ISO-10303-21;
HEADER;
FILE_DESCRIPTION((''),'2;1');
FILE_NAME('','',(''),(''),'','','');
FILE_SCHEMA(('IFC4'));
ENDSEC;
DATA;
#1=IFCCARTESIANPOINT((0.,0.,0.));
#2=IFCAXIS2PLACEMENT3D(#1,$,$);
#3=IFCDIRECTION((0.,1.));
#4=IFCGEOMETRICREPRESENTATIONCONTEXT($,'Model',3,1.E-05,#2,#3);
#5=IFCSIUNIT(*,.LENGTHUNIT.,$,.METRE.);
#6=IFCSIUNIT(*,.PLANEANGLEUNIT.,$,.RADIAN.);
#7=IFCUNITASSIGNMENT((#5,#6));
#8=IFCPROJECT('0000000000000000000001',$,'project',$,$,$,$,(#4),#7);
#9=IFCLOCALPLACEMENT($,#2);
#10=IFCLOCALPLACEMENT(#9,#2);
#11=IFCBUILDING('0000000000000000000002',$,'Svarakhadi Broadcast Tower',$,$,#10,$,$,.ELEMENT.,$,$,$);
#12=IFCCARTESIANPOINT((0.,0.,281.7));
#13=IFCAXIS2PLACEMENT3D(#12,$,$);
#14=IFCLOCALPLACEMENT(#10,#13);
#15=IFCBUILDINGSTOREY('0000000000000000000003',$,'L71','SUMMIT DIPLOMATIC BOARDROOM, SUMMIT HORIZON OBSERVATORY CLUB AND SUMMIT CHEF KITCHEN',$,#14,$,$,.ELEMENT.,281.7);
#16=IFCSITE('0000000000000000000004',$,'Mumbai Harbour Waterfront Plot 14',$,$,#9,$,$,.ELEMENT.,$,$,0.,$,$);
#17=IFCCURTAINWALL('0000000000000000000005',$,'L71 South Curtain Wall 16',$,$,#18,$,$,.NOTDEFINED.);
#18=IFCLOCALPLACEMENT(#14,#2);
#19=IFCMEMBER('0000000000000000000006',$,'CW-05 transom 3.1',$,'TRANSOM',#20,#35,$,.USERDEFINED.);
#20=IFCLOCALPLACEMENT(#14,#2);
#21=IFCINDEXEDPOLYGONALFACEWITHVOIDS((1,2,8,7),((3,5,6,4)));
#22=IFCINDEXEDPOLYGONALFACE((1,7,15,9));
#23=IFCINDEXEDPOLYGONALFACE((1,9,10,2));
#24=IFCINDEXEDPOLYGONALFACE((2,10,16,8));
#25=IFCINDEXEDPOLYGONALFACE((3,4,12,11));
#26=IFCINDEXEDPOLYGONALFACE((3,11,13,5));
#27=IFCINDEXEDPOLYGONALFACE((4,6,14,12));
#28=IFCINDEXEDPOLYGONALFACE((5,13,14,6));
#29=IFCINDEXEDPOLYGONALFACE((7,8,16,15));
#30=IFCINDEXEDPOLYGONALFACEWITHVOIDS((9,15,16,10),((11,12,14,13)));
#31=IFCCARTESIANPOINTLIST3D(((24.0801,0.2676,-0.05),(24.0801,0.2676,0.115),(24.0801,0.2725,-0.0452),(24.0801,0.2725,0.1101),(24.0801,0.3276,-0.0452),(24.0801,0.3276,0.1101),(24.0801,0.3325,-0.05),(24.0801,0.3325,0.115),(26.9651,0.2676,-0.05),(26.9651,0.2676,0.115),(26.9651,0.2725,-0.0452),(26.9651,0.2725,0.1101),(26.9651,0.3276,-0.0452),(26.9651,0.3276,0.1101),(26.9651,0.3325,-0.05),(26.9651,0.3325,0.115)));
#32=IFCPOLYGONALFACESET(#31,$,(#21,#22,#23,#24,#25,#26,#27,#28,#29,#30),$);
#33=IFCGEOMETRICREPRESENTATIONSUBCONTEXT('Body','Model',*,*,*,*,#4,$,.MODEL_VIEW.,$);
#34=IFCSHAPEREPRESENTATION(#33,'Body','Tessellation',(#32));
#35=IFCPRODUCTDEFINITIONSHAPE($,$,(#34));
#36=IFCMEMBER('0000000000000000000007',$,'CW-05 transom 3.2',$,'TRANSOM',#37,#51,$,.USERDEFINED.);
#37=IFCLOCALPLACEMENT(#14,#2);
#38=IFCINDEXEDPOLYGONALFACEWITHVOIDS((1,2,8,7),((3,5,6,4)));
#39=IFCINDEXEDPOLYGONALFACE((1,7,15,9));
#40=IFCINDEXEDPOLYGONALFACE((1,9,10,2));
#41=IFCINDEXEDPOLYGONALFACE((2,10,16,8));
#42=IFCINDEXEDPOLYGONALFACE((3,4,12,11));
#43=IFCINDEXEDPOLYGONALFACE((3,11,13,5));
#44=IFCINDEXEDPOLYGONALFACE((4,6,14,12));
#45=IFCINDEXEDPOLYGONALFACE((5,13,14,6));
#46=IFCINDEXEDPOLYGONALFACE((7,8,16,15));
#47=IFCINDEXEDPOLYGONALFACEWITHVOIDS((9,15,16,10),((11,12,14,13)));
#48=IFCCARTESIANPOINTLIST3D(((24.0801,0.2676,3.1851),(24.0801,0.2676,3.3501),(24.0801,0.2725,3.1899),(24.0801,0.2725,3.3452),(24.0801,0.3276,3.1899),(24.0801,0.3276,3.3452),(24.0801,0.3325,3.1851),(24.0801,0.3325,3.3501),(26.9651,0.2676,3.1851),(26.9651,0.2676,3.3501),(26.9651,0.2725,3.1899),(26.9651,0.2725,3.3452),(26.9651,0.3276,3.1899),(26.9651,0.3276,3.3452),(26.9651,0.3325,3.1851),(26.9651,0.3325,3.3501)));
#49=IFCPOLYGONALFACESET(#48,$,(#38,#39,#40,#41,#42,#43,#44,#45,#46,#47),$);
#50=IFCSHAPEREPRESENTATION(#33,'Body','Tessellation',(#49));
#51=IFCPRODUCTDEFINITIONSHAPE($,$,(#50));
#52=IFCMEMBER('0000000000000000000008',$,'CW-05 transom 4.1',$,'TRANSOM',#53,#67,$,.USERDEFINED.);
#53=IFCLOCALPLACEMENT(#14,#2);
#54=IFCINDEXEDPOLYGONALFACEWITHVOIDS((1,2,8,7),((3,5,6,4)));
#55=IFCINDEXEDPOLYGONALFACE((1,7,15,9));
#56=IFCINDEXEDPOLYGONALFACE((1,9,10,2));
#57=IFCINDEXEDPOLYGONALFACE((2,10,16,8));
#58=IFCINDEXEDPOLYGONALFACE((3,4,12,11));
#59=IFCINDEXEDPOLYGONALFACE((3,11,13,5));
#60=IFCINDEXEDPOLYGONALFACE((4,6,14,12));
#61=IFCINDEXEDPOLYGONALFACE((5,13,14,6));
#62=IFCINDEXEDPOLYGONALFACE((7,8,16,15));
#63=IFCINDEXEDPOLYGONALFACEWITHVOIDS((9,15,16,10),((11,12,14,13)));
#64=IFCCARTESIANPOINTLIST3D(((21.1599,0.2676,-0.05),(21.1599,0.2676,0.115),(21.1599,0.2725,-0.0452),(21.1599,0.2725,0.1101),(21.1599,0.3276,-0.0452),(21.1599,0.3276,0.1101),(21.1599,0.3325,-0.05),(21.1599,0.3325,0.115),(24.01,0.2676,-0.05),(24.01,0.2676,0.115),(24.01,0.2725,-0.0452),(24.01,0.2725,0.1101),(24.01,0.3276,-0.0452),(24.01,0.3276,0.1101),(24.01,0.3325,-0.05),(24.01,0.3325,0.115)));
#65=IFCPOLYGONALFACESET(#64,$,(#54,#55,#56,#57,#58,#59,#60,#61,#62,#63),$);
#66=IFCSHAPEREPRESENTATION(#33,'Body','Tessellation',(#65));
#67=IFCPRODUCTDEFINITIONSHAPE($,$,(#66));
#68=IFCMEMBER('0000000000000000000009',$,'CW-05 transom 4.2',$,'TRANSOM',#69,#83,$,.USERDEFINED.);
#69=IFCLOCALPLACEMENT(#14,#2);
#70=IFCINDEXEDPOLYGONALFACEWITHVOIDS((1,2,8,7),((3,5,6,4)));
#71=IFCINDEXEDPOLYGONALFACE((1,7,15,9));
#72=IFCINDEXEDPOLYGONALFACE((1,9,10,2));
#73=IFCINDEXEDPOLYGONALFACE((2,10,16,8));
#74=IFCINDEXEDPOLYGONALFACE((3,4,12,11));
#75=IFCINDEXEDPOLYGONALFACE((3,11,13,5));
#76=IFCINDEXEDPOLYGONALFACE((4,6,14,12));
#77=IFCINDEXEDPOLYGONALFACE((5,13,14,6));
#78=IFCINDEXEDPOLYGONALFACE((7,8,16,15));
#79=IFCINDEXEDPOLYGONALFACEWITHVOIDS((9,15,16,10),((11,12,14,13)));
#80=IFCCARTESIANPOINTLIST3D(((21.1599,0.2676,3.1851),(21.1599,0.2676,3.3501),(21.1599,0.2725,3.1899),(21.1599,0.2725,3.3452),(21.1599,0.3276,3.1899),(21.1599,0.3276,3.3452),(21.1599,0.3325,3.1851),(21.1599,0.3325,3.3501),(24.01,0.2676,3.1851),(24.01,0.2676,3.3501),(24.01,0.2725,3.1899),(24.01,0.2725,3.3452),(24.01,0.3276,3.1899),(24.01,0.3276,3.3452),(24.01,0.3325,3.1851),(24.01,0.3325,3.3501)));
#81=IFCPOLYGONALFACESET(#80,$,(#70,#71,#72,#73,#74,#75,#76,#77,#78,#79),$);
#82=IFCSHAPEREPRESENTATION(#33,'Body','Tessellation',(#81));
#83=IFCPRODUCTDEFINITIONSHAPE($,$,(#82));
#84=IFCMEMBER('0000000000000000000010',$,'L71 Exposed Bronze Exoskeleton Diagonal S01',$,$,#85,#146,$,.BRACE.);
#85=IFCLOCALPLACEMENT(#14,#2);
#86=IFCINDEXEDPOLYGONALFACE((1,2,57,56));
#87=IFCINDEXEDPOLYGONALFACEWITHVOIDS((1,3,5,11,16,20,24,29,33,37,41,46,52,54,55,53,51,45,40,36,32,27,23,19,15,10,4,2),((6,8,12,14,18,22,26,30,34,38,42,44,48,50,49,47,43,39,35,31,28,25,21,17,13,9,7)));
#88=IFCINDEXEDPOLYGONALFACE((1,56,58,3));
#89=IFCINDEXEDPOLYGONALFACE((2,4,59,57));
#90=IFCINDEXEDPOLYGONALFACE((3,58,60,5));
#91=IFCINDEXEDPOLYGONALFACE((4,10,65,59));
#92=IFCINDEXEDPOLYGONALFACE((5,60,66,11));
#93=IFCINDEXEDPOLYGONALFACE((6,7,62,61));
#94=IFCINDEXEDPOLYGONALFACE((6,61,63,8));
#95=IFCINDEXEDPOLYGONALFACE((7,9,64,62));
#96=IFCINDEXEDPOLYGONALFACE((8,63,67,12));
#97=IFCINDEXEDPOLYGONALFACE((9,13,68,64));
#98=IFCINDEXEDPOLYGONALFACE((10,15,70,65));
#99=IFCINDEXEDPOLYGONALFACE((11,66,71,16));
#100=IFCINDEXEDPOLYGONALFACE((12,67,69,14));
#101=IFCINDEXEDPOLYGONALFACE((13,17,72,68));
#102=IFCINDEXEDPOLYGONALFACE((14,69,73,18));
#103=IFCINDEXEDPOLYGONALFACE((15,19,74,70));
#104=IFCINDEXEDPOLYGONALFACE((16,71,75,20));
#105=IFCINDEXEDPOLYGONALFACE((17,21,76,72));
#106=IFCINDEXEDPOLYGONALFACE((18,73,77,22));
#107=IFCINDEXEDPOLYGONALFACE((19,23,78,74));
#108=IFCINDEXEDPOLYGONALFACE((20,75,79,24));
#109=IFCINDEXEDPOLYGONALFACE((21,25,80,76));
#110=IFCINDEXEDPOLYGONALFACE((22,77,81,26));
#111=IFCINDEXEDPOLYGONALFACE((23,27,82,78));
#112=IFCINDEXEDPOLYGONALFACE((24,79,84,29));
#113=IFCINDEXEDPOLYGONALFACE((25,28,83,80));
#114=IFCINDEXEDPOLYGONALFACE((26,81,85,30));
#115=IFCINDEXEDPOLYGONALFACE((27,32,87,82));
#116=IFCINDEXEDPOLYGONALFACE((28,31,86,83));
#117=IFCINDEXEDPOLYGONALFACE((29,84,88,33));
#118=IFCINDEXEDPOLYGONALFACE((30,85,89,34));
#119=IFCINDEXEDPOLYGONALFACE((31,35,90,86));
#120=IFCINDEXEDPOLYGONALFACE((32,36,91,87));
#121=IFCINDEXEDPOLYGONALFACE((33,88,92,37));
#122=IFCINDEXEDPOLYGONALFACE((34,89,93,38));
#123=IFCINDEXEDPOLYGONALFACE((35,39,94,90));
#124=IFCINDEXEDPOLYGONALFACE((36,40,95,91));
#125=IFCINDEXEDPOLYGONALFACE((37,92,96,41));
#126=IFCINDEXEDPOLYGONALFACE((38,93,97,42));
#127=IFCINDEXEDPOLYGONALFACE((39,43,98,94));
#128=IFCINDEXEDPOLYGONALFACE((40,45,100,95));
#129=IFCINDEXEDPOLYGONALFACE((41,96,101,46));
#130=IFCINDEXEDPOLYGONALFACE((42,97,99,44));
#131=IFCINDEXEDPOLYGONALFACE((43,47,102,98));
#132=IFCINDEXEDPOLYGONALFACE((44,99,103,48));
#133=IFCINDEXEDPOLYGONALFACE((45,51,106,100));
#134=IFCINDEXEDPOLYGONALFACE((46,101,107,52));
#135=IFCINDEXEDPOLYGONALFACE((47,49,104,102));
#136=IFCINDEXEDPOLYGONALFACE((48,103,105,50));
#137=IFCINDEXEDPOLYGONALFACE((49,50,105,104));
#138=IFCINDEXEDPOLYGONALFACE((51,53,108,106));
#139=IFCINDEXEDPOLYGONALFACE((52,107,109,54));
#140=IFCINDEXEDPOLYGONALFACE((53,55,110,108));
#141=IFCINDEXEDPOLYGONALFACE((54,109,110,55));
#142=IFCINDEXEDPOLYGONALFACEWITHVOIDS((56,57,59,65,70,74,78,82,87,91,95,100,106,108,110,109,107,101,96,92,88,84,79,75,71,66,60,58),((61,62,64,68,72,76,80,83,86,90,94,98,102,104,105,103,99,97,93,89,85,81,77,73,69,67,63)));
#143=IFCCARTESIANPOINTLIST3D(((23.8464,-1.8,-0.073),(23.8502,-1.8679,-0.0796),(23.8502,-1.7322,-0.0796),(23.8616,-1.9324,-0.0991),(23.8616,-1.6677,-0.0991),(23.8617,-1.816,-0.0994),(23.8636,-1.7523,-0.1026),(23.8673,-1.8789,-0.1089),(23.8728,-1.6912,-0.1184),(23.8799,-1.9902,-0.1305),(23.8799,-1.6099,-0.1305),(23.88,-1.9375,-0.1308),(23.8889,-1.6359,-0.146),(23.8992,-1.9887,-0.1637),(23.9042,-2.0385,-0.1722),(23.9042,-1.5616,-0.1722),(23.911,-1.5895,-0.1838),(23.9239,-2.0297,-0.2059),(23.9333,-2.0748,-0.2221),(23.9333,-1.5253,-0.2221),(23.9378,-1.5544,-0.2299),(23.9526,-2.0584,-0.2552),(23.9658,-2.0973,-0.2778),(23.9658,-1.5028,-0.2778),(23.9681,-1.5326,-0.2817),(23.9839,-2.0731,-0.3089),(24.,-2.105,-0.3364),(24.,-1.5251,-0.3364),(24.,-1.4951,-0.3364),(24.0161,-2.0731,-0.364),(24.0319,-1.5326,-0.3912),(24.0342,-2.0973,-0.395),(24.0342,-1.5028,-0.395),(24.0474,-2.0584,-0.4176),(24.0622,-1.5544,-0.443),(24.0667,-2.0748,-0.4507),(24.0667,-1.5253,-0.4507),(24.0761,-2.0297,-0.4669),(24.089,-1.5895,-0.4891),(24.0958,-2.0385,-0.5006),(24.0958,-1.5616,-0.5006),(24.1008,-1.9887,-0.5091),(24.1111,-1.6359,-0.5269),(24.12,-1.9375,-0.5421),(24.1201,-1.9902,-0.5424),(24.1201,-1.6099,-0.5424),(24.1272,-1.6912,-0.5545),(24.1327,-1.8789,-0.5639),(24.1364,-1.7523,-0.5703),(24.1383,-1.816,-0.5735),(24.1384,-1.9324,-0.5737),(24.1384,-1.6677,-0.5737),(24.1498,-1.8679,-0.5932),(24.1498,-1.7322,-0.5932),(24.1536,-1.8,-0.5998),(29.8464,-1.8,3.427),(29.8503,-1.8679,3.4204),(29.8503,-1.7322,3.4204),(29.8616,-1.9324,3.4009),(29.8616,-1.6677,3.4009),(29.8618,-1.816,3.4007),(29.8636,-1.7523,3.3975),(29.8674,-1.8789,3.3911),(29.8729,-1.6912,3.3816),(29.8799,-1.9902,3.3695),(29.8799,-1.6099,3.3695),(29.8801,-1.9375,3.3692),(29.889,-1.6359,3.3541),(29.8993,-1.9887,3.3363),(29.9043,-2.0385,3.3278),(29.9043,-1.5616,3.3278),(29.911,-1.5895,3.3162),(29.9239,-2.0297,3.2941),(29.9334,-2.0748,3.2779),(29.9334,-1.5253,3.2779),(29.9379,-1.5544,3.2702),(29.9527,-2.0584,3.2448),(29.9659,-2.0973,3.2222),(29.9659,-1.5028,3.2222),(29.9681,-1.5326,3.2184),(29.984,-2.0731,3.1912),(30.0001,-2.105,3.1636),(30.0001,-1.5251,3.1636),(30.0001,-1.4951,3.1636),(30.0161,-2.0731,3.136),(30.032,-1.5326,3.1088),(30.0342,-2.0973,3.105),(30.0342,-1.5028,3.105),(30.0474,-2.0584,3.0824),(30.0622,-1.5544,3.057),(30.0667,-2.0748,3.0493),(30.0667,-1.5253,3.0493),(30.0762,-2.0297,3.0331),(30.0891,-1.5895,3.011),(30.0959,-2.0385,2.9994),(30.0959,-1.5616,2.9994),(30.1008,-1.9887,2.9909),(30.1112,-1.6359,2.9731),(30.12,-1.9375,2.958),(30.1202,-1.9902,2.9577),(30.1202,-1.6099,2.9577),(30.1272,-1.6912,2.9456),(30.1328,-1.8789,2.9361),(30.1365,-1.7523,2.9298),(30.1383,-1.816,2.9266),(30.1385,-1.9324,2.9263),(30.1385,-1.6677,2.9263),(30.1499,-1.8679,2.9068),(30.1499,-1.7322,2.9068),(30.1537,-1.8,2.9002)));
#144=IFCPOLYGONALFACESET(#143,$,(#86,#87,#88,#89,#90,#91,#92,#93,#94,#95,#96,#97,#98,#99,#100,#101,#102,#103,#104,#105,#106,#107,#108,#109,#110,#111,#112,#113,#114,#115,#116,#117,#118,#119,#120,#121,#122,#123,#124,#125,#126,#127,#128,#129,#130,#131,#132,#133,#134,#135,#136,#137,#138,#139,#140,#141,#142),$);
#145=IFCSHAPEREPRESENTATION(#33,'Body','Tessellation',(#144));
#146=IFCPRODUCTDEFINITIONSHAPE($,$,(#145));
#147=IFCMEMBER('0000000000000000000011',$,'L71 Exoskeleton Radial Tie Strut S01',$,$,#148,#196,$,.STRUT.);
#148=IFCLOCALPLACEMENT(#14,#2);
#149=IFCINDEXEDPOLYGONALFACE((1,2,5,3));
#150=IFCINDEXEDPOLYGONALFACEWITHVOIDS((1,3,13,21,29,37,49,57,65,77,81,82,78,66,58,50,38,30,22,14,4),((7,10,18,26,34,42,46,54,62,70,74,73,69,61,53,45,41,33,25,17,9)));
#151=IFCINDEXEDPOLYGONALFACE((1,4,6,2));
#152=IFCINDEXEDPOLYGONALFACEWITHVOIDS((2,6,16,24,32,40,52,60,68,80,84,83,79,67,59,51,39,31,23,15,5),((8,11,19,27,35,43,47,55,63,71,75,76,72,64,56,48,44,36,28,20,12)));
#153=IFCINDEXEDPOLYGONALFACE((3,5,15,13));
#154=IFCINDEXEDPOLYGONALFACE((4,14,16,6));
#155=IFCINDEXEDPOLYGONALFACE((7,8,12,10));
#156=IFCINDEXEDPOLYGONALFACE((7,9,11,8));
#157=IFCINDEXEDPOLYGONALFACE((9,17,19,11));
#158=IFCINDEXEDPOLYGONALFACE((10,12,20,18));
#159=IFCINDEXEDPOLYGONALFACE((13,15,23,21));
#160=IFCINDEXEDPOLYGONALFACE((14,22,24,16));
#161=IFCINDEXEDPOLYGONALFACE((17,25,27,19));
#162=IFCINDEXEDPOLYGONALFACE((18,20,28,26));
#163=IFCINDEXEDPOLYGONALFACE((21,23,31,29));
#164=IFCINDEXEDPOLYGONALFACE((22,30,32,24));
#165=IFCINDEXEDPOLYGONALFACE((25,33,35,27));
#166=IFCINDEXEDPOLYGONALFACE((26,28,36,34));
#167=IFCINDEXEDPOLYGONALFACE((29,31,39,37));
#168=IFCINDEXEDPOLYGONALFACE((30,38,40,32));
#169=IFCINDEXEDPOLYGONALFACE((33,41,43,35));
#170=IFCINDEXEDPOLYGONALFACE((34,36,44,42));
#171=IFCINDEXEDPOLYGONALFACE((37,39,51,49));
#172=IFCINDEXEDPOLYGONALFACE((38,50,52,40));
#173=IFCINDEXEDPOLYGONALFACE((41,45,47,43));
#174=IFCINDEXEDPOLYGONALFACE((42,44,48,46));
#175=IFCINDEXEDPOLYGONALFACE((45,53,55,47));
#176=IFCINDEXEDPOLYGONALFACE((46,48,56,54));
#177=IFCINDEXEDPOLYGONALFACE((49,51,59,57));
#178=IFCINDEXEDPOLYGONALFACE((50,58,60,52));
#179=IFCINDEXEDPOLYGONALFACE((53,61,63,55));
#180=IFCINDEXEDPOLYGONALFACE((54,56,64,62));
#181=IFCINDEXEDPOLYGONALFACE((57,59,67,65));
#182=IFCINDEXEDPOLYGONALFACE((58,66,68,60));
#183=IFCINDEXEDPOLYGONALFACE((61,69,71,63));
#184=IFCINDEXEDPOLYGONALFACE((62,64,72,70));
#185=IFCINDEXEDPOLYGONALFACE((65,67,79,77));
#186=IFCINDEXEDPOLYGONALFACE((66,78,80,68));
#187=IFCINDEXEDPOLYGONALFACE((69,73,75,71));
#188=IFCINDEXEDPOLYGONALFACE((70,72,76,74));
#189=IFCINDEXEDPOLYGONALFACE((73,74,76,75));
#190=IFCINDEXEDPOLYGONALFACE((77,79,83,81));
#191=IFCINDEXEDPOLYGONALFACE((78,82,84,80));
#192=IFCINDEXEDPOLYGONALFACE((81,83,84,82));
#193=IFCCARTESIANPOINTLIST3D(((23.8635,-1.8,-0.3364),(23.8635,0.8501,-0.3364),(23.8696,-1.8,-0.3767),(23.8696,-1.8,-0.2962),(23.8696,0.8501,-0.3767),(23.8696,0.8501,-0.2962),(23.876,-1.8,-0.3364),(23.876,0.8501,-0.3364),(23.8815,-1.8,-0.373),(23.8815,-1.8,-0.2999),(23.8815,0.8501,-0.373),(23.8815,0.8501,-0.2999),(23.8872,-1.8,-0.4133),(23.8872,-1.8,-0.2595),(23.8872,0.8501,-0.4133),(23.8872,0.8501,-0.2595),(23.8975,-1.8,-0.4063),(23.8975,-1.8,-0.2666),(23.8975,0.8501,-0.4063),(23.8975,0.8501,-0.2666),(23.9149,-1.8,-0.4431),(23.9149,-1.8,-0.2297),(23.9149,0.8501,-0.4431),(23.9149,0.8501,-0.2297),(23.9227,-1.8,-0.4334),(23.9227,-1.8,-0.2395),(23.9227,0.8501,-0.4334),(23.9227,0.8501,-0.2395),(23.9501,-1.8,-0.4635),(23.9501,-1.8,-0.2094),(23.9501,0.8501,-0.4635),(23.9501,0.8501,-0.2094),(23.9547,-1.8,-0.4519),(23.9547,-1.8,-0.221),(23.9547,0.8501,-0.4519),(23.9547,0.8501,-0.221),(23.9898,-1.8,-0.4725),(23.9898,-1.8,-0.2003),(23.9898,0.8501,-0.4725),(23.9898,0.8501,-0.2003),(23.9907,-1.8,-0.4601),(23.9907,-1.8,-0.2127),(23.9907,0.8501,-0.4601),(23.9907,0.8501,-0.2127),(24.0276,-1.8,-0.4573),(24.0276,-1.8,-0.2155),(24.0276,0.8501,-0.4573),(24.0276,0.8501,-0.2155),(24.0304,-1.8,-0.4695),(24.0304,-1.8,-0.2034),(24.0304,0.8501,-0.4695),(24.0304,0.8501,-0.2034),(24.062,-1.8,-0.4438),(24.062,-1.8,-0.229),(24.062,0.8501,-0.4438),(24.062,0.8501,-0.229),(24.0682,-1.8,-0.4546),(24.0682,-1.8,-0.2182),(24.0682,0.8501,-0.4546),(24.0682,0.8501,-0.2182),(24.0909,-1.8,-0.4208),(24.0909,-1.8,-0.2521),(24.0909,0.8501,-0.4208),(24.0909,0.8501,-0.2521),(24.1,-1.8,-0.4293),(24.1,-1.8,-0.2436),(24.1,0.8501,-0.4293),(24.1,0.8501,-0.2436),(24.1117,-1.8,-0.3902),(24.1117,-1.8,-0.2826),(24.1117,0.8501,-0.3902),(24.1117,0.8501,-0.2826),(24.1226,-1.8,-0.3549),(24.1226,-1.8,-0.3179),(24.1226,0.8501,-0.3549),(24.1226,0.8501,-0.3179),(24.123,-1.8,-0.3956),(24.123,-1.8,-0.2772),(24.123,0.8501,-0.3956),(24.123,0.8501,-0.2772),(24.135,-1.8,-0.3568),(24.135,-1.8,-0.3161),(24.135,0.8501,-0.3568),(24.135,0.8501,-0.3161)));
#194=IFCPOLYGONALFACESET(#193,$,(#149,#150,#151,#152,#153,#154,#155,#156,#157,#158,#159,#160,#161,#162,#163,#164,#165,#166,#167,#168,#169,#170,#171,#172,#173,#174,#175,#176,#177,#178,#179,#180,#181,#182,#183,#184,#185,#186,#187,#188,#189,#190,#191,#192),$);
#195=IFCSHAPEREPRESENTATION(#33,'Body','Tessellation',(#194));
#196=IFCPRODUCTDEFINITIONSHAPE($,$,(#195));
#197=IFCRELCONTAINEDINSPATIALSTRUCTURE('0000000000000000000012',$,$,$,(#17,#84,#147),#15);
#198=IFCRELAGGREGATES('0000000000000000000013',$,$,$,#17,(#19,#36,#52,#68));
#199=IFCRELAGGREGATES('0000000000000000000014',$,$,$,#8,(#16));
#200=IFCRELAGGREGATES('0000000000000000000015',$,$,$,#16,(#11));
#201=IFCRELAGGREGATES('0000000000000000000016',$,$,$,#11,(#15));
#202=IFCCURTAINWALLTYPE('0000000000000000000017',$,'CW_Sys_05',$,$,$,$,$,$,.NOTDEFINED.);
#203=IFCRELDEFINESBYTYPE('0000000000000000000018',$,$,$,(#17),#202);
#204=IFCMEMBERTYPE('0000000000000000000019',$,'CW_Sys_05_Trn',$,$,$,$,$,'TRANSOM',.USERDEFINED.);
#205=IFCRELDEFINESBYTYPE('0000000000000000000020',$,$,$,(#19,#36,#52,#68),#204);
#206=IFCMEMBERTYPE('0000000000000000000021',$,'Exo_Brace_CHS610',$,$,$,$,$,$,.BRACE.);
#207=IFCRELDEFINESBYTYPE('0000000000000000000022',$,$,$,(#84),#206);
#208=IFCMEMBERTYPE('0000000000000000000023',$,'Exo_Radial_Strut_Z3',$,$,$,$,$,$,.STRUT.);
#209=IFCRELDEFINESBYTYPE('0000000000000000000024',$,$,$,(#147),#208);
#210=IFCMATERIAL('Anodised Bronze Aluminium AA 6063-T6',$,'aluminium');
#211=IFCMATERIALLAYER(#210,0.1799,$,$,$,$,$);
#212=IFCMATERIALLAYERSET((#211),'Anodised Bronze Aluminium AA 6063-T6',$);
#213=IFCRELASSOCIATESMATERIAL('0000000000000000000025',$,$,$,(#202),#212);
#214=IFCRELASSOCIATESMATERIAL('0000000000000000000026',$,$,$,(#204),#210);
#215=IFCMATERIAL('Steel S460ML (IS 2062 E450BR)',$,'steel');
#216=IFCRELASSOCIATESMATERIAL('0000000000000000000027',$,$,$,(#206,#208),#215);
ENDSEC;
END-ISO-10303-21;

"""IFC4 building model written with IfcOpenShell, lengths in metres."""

from ifc_helpers import new_model, si_unit, direction, frame, origin, origin_2d, place, context, subcontext, project, spatial, hollow_rectangle, hollow_circle, extrude, material, layer, layer_set, material_profile, profile_set, type_object, element, aggregate, save


model = new_model("IFC4")

# Units and contexts
model_context = context("Model", 3, precision=1e-05, world=origin(), true_north=direction((0.0, 1.0)))
body_context = subcontext(model_context, "Body", "Model", "MODEL_VIEW")
ifc_project = project(units=[si_unit("LENGTHUNIT", "METRE"), si_unit("PLANEANGLEUNIT", "RADIAN")], contexts=[model_context])

# Site, building, storey
site_placement = place(None, origin())
site = spatial("IfcSite", under=ifc_project, at=site_placement, Name="Mumbai Harbour Waterfront Plot 14", CompositionType="ELEMENT", RefElevation=0.0)
building_placement = place(site_placement, origin())
building = spatial("IfcBuilding", under=site, at=building_placement, Name="Svarakhadi Broadcast Tower", CompositionType="ELEMENT")
storey_placement = place(building_placement, frame((0.0, 0.0, 281.7)))
storey = spatial("IfcBuildingStorey", under=building, at=storey_placement, Name="L71", Description="SUMMIT DIPLOMATIC BOARDROOM, SUMMIT HORIZON OBSERVATORY CLUB AND SUMMIT CHEF KITCHEN", CompositionType="ELEMENT", Elevation=281.7)

# Shared definitions
ifc_material_1 = material(Name="Steel S460ML (IS 2062 E450BR)", Category="steel")

# Curtain wall, members
ifc_material_2 = material(Name="Anodised Bronze Aluminium AA 6063-T6", Category="aluminium")
ifc_layer_1 = layer(ifc_material_2, 0.1799)
ifc_layer_set_1 = layer_set([ifc_layer_1], Name="Anodised Bronze Aluminium AA 6063-T6")
curtain_wall_type = type_object("IfcCurtainWallType", Name="CW_Sys_05", PredefinedType="NOTDEFINED", material=ifc_layer_set_1)
curtain_wall_placement = place(storey_placement, origin())
curtain_wall = element("IfcCurtainWall", 1, at=curtain_wall_placement, inside=storey, type_object=curtain_wall_type, Name="L71 South Curtain Wall 16", PredefinedType="NOTDEFINED")
ifc_material_profile_1 = material_profile(ifc_material_2, hollow_rectangle(XDim=0.0649, YDim=0.165, WallThickness=0.0049, at=origin_2d()), Name="ALU TRANSOM 165x65x5")
ifc_profile_set_1 = profile_set([ifc_material_profile_1], Name="Anodised Bronze Aluminium AA 6063-T6")
member_type_1 = type_object("IfcMemberType", Name="CW_Sys_05_Trn", ElementType="TRANSOM", PredefinedType="USERDEFINED", material=ifc_profile_set_1)
member_1_placement = place(storey_placement, frame((26.9651, 0.3, 0.0325), z_axis=(-1.0, 0.0, 0.0), x_axis=(0.0, -1.0, 0.0)))
member_1 = element("IfcMember", 2, at=member_1_placement, type_object=member_type_1, Name="CW-05 transom 3.1", ObjectType="TRANSOM", PredefinedType="USERDEFINED", context=body_context, shape_type="SweptSolid", body=[
    extrude(hollow_rectangle(XDim=0.0649, YDim=0.165, WallThickness=0.0049, at=origin_2d()), origin(), (0.0, 0.0, 1.0), 2.885),
])
member_2_placement = place(storey_placement, frame((26.9651, 0.3, 3.2676), z_axis=(-1.0, 0.0, 0.0), x_axis=(0.0, -1.0, 0.0)))
member_2 = element("IfcMember", 3, at=member_2_placement, type_object=member_type_1, Name="CW-05 transom 3.2", ObjectType="TRANSOM", PredefinedType="USERDEFINED", context=body_context, shape_type="SweptSolid", body=[
    extrude(hollow_rectangle(XDim=0.0649, YDim=0.165, WallThickness=0.0049, at=origin_2d()), origin(), (0.0, 0.0, 1.0), 2.885),
])
member_3_placement = place(storey_placement, frame((24.01, 0.3, 0.0325), z_axis=(-1.0, 0.0, 0.0), x_axis=(0.0, -1.0, 0.0)))
member_3 = element("IfcMember", 4, at=member_3_placement, type_object=member_type_1, Name="CW-05 transom 4.1", ObjectType="TRANSOM", PredefinedType="USERDEFINED", context=body_context, shape_type="SweptSolid", body=[
    extrude(hollow_rectangle(XDim=0.0649, YDim=0.165, WallThickness=0.0049, at=origin_2d()), origin(), (0.0, 0.0, 1.0), 2.8501),
])
member_4_placement = place(storey_placement, frame((24.01, 0.3, 3.2676), z_axis=(-1.0, 0.0, 0.0), x_axis=(0.0, -1.0, 0.0)))
member_4 = element("IfcMember", 5, at=member_4_placement, type_object=member_type_1, Name="CW-05 transom 4.2", ObjectType="TRANSOM", PredefinedType="USERDEFINED", context=body_context, shape_type="SweptSolid", body=[
    extrude(hollow_rectangle(XDim=0.0649, YDim=0.165, WallThickness=0.0049, at=origin_2d()), origin(), (0.0, 0.0, 1.0), 2.8501),
])

# Members
ifc_material_profile_2 = material_profile(ifc_material_1, hollow_circle(Radius=0.3049, WallThickness=0.03, at=origin_2d()), Name="CHS 610x30")
ifc_profile_set_2 = profile_set([ifc_material_profile_2], Name="Steel S460ML (IS 2062 E450BR)")
member_type_2 = type_object("IfcMemberType", Name="Exo_Brace_CHS610", PredefinedType="BRACE", material=ifc_profile_set_2)
member_5_placement = place(storey_placement, frame((24.0, -1.8, -0.3364), z_axis=(0.863779, 0.0, 0.503871), x_axis=(0.0, 1.0, 0.0)))
element("IfcMember", 6, at=member_5_placement, inside=storey, type_object=member_type_2, Name="L71 Exposed Bronze Exoskeleton Diagonal S01", PredefinedType="BRACE", context=body_context, shape_type="SweptSolid", body=[
    extrude(hollow_circle(Radius=0.3049, WallThickness=0.03, at=origin_2d()), origin(), (0.0, 0.0, 1.0), 6.9463),
])
ifc_material_profile_3 = material_profile(ifc_material_1, hollow_circle(Radius=0.1365, WallThickness=0.0125, at=origin_2d()), Name="CHS 273x12.5")
ifc_profile_set_3 = profile_set([ifc_material_profile_3], Name="Steel S460ML (IS 2062 E450BR)")
member_type_3 = type_object("IfcMemberType", Name="Exo_Radial_Strut_Z3", PredefinedType="STRUT", material=ifc_profile_set_3)
member_6_placement = place(storey_placement, frame((24.0, -1.8, -0.3364), z_axis=(0.0, 1.0, 0.0), x_axis=(-1.0, 0.0, 0.0)))
element("IfcMember", 7, at=member_6_placement, inside=storey, type_object=member_type_3, Name="L71 Exoskeleton Radial Tie Strut S01", PredefinedType="STRUT", context=body_context, shape_type="SweptSolid", body=[
    extrude(hollow_circle(Radius=0.1365, WallThickness=0.0125, at=origin_2d()), origin(), (0.0, 0.0, 1.0), 2.6501),
])

aggregate(curtain_wall, [member_1, member_2, member_3, member_4])

save(model, "model.ifc")
